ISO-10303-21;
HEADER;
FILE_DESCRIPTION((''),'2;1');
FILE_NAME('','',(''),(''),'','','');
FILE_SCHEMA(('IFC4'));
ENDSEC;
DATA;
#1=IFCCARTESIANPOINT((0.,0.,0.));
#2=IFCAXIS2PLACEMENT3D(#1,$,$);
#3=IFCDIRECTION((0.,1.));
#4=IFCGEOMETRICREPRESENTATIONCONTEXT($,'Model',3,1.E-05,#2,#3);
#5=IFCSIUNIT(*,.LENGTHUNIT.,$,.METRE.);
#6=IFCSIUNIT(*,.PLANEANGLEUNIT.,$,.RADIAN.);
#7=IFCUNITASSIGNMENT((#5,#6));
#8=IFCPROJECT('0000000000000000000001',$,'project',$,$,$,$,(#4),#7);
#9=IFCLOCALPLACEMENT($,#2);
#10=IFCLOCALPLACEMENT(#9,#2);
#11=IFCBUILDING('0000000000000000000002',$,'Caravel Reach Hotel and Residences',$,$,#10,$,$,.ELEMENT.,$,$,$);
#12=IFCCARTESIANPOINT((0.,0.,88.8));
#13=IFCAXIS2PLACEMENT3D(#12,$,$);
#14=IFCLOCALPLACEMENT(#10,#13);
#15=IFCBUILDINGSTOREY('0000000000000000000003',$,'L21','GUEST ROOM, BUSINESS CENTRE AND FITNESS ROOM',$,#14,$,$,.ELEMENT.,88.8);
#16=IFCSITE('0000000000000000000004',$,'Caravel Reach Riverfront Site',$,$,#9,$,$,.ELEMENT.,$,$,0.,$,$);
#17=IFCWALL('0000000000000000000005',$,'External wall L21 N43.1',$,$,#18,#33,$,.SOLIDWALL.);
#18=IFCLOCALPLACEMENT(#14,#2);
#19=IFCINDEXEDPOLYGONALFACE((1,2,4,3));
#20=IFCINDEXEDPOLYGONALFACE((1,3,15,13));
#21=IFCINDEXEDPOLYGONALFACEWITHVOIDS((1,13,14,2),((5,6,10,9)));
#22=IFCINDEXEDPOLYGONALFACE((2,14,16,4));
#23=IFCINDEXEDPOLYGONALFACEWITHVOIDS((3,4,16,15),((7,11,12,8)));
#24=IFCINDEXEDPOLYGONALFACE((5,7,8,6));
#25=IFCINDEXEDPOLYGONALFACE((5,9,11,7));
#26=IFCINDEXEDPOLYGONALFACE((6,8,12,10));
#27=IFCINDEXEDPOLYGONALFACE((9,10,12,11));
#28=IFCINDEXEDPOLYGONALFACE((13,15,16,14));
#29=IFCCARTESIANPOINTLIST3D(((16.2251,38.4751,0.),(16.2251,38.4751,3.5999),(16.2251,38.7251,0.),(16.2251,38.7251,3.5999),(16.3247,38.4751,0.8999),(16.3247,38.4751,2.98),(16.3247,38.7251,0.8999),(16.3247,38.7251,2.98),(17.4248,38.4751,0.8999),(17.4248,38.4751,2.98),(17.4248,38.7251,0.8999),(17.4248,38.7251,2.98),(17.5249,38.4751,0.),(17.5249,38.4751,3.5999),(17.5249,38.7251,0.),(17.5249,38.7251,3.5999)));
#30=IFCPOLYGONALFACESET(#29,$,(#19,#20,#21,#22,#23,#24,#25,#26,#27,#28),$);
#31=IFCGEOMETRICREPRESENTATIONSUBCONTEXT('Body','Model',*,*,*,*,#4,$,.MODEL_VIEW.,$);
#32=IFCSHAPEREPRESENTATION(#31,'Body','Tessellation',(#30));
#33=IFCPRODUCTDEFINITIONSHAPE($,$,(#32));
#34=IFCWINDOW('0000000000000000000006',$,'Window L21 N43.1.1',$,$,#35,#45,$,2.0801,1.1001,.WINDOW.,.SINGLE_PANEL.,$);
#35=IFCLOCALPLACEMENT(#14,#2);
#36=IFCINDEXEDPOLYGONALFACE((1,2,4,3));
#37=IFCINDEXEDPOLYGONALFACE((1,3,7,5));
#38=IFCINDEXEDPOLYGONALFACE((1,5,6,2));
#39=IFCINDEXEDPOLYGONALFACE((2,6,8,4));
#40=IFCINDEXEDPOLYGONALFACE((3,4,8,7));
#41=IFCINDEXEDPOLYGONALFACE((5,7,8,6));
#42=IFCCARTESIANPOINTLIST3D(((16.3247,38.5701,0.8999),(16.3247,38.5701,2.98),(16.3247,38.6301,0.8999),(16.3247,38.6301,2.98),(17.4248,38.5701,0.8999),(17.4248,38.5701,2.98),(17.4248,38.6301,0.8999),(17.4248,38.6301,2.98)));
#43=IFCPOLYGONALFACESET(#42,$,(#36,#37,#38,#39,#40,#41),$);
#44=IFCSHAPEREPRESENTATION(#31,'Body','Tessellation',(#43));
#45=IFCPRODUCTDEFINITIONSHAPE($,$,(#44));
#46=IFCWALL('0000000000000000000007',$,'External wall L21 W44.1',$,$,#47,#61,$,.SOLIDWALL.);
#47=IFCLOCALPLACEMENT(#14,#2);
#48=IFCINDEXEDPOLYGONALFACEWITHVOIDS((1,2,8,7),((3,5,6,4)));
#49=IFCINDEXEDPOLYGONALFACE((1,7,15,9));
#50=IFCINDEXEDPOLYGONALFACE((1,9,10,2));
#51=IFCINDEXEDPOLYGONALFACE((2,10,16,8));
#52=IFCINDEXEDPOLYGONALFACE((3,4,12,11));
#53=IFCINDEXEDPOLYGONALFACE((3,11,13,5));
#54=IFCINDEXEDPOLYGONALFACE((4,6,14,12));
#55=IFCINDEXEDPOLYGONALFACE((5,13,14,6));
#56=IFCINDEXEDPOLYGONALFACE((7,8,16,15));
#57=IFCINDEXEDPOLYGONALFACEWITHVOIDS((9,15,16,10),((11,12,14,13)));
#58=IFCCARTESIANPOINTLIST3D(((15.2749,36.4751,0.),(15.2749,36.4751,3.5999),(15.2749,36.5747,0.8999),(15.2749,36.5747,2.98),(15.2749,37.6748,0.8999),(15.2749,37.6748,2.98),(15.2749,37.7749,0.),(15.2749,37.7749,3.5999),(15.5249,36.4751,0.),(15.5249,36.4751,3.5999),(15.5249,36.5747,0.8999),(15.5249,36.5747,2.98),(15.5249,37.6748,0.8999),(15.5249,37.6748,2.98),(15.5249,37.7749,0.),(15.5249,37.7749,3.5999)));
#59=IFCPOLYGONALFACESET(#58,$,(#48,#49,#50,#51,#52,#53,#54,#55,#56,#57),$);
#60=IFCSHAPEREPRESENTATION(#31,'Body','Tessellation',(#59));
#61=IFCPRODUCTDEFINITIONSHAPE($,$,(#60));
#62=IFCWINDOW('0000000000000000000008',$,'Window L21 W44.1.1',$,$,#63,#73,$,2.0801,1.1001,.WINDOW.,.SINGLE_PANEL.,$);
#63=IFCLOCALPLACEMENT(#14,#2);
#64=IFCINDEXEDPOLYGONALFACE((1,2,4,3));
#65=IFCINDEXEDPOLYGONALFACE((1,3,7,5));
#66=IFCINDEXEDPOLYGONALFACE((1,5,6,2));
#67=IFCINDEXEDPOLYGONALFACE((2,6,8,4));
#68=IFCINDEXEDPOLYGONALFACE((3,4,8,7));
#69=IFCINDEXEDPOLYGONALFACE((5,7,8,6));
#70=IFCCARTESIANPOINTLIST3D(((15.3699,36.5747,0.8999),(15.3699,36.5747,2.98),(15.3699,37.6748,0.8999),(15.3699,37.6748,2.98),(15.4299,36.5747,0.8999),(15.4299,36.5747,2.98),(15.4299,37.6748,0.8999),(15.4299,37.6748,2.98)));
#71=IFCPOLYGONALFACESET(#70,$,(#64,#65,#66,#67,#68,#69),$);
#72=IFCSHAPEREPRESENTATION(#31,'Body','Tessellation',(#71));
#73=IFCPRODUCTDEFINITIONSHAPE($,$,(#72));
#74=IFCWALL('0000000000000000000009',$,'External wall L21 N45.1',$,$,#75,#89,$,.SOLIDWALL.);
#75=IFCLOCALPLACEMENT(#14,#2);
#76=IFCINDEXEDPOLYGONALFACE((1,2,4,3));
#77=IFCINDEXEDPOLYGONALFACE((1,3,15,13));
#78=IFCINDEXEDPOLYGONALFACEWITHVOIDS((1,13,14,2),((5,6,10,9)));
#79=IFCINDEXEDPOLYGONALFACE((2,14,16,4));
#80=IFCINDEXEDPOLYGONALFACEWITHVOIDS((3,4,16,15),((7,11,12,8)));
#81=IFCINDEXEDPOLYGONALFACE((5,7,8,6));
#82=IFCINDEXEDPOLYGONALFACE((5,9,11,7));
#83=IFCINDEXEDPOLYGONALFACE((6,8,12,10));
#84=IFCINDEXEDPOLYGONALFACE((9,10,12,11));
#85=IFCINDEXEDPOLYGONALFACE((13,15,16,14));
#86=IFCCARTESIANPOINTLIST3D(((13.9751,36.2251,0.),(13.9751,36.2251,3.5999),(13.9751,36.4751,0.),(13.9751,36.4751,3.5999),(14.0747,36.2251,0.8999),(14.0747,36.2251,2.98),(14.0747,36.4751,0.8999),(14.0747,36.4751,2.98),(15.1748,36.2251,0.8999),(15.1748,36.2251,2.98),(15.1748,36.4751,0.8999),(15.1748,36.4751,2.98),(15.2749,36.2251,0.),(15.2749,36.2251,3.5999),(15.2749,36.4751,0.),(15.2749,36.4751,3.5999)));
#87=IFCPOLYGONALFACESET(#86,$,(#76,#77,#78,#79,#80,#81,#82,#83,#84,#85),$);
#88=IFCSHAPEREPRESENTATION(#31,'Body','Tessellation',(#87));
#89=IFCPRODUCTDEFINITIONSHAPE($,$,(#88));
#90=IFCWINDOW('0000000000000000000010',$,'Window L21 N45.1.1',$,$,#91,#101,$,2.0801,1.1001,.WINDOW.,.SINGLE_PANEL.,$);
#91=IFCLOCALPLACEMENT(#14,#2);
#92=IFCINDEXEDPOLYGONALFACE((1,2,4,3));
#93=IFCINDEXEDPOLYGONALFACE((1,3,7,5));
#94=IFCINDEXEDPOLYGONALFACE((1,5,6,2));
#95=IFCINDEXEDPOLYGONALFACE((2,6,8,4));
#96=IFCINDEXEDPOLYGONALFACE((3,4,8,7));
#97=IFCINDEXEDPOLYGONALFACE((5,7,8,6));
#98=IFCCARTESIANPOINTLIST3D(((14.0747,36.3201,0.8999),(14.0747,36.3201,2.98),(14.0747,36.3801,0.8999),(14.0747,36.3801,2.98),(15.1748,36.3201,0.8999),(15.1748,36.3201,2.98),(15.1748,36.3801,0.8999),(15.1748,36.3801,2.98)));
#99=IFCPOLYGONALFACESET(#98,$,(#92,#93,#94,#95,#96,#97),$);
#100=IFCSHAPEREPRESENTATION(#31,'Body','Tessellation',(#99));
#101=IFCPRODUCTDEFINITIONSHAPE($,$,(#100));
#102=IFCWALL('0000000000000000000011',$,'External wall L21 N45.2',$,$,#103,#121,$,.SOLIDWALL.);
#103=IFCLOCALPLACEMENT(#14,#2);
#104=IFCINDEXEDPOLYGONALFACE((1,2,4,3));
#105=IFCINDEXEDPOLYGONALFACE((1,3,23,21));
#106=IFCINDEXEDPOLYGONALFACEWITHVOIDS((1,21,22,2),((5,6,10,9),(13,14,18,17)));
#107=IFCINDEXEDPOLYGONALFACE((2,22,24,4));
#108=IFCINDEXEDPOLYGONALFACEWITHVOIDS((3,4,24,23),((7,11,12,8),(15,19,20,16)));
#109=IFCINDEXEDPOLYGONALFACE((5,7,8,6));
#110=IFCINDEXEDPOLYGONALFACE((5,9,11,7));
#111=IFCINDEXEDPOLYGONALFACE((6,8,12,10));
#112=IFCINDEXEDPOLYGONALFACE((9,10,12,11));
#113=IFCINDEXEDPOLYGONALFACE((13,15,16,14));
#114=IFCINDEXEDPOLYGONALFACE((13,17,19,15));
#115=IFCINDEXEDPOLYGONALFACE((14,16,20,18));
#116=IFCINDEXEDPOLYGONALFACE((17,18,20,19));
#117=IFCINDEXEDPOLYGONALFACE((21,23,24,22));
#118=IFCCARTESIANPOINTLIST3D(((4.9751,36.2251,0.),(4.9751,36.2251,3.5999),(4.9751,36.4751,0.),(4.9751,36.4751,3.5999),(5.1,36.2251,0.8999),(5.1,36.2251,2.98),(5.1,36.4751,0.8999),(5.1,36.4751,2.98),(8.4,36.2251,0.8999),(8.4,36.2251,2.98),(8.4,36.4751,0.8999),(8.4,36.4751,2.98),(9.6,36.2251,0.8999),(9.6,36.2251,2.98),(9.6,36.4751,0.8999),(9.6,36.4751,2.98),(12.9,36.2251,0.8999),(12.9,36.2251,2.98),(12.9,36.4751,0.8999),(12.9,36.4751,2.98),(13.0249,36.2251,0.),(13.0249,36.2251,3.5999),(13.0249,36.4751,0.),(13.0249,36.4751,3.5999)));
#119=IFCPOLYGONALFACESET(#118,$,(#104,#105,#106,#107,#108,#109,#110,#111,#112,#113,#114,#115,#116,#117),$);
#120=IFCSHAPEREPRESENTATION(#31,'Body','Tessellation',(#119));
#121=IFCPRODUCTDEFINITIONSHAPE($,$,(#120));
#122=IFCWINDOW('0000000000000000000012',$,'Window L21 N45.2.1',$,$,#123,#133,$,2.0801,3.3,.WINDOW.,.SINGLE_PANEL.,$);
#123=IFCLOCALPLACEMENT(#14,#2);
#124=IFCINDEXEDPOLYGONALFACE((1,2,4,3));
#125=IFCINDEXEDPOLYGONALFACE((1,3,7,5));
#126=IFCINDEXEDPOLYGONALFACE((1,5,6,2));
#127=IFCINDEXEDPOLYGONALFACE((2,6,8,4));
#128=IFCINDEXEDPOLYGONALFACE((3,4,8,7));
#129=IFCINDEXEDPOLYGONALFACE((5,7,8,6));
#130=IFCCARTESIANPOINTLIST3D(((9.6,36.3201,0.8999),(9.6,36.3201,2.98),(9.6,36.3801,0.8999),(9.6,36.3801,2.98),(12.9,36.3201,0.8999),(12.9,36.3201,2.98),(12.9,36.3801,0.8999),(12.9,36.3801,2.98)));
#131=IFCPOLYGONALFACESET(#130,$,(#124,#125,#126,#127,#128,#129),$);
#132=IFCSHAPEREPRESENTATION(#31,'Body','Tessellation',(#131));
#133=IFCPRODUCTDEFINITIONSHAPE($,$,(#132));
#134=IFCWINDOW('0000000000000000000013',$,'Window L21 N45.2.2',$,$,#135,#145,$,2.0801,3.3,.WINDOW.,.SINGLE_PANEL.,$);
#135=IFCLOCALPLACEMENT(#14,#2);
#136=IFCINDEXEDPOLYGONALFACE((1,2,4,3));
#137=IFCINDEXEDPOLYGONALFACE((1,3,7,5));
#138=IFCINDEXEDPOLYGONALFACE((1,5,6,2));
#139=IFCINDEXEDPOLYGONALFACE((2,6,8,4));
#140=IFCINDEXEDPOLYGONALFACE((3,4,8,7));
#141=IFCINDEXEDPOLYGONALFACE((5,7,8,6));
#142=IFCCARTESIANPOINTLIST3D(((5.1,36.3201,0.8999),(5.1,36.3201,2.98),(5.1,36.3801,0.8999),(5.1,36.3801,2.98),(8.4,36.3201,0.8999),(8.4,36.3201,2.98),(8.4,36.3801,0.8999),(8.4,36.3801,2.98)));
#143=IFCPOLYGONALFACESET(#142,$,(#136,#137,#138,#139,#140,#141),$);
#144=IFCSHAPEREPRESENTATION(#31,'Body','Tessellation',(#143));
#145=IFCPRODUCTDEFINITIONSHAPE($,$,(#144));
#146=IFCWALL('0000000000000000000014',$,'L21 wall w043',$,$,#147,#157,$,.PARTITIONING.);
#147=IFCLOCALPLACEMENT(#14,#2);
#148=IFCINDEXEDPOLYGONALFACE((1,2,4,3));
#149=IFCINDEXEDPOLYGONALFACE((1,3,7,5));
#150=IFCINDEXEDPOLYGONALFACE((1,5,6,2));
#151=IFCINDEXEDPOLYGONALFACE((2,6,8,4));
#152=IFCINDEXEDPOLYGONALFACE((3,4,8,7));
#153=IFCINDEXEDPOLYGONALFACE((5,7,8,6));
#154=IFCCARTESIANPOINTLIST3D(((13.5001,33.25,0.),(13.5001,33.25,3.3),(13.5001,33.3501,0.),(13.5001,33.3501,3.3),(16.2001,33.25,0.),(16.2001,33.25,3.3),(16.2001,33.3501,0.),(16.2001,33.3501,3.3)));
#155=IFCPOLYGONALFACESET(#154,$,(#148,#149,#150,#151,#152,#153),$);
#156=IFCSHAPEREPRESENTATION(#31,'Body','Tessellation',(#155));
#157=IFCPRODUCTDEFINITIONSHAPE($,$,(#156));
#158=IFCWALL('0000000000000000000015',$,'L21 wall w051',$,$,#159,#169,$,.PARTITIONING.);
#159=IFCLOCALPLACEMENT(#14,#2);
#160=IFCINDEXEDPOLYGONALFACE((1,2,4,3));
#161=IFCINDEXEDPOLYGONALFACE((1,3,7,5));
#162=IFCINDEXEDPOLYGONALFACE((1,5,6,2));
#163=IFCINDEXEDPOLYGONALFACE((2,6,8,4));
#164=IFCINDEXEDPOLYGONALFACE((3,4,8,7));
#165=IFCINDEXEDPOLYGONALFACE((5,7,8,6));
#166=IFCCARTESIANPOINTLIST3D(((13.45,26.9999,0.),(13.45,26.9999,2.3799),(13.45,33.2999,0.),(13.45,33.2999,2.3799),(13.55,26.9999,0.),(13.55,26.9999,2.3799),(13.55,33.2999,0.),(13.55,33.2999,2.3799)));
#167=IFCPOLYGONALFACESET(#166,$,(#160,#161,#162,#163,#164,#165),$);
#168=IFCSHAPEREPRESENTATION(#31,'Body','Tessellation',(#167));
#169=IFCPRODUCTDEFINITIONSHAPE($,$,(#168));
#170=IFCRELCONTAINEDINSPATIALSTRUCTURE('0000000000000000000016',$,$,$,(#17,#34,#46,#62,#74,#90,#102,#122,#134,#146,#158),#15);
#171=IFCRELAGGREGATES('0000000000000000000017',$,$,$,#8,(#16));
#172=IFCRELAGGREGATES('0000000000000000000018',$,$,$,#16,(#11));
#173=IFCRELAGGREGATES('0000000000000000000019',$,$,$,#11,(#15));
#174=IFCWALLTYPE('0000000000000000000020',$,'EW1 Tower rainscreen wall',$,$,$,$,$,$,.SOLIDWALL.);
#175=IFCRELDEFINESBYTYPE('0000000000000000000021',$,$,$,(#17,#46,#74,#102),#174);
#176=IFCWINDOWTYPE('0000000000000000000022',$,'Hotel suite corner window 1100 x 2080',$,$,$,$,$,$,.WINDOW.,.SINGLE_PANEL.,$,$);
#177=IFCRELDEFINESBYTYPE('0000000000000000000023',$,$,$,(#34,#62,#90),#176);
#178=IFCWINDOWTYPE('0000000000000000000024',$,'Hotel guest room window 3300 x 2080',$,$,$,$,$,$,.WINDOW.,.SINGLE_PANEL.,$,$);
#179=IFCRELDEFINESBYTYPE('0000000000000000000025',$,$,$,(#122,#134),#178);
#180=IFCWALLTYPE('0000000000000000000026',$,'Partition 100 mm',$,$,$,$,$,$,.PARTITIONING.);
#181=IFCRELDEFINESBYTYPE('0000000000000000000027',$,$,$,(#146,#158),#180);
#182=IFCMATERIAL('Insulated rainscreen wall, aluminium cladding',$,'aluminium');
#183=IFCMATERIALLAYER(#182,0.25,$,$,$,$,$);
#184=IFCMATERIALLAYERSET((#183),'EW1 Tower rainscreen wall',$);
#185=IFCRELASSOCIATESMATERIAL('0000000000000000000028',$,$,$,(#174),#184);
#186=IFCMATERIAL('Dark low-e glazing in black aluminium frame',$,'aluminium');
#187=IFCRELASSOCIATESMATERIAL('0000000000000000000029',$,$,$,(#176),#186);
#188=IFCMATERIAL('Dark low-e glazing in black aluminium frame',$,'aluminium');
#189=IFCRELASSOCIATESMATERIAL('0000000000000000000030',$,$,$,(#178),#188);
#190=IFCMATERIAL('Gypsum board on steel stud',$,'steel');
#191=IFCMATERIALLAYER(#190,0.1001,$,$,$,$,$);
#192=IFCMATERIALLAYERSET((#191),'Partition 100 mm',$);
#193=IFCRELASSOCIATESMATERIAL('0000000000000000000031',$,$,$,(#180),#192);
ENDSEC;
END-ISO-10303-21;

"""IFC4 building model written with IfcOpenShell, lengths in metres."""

from ifc_helpers import new_model, si_unit, direction, frame, frame_2d, origin, place, context, subcontext, project, spatial, rectangle, extrude, material, layer, layer_set, type_object, element, fill, save


model = new_model("IFC4")

# Units and contexts
model_context = context("Model", 3, precision=1e-05, world=origin(), true_north=direction((0.0, 1.0)))
body_context = subcontext(model_context, "Body", "Model", "MODEL_VIEW")
ifc_project = project(units=[si_unit("LENGTHUNIT", "METRE"), si_unit("PLANEANGLEUNIT", "RADIAN")], contexts=[model_context])

# Site, building, storey
site_placement = place(None, origin())
site = spatial("IfcSite", under=ifc_project, at=site_placement, Name="Caravel Reach Riverfront Site", CompositionType="ELEMENT", RefElevation=0.0)
building_placement = place(site_placement, origin())
building = spatial("IfcBuilding", under=site, at=building_placement, Name="Caravel Reach Hotel and Residences", CompositionType="ELEMENT")
storey_placement = place(building_placement, frame((0.0, 0.0, 88.8)))
storey = spatial("IfcBuildingStorey", under=building, at=storey_placement, Name="L21", Description="GUEST ROOM, BUSINESS CENTRE AND FITNESS ROOM", CompositionType="ELEMENT", Elevation=88.8)

# Walls, openings, windows
ifc_material_1 = material(Name="Insulated rainscreen wall, aluminium cladding", Category="aluminium")
ifc_layer_1 = layer(ifc_material_1, 0.25)
ifc_layer_set_1 = layer_set([ifc_layer_1], Name="EW1 Tower rainscreen wall")
wall_type_1 = type_object("IfcWallType", Name="EW1 Tower rainscreen wall", PredefinedType="SOLIDWALL", material=ifc_layer_set_1)
ifc_material_2 = material(Name="Dark low-e glazing in black aluminium frame", Category="aluminium")
window_type_1 = type_object("IfcWindowType", Name="Hotel suite corner window 1100 x 2080", PartitioningType="SINGLE_PANEL", PredefinedType="WINDOW", material=ifc_material_2)
wall_1_placement = place(storey_placement, frame((17.5249, 38.6001, 0.0), z_axis=(0.0, 0.0, 1.0), x_axis=(-1.0, 0.0, 0.0)))
wall_1 = element("IfcWall", 1, at=wall_1_placement, inside=storey, type_object=wall_type_1, Name="External wall L21 N43.1", PredefinedType="SOLIDWALL", context=body_context, shape_type="SweptSolid", body=[
    extrude(rectangle(XDim=1.2998, YDim=0.25, at=frame_2d((0.6499, 0.0))), origin(), (0.0, 0.0, 1.0), 3.5999),
])
opening_1_placement = place(wall_1_placement, frame((0.1001, 0.0, 0.8999)))
opening_1 = element("IfcOpeningElement", 2, at=opening_1_placement, cuts=wall_1, PredefinedType="OPENING", context=body_context, shape_type="SweptSolid", body=[
    extrude(rectangle(XDim=1.1001, YDim=2.0801, at=frame_2d((0.55, 1.04))), frame((0.0, 0.135, 0.0), z_axis=(0.0, -1.0, 0.0), x_axis=(1.0, 0.0, 0.0)), (0.0, 0.0, 1.0), 0.27),
])
window_1_placement = place(opening_1_placement, origin())
window_1 = element("IfcWindow", 3, at=window_1_placement, inside=storey, type_object=window_type_1, Name="Window L21 N43.1.1", OverallHeight=2.0801, OverallWidth=1.1001, PartitioningType="SINGLE_PANEL", PredefinedType="WINDOW", context=body_context, shape_type="SweptSolid", body=[
    extrude(rectangle(XDim=1.1001, YDim=2.0801, at=frame_2d((0.55, 1.04))), frame((0.0, 0.03, 0.0), z_axis=(0.0, -1.0, 0.0), x_axis=(1.0, 0.0, 0.0)), (0.0, 0.0, 1.0), 0.0601),
])
fill(opening_1, window_1)
wall_2_placement = place(storey_placement, frame((15.3999, 37.7749, 0.0), z_axis=(0.0, 0.0, 1.0), x_axis=(0.0, -1.0, 0.0)))
wall_2 = element("IfcWall", 4, at=wall_2_placement, inside=storey, type_object=wall_type_1, Name="External wall L21 W44.1", PredefinedType="SOLIDWALL", context=body_context, shape_type="SweptSolid", body=[
    extrude(rectangle(XDim=1.2998, YDim=0.25, at=frame_2d((0.6499, 0.0))), origin(), (0.0, 0.0, 1.0), 3.5999),
])
opening_2_placement = place(wall_2_placement, frame((0.1001, 0.0, 0.8999)))
opening_2 = element("IfcOpeningElement", 5, at=opening_2_placement, cuts=wall_2, PredefinedType="OPENING", context=body_context, shape_type="SweptSolid", body=[
    extrude(rectangle(XDim=1.1001, YDim=2.0801, at=frame_2d((0.55, 1.04))), frame((0.0, 0.135, 0.0), z_axis=(0.0, -1.0, 0.0), x_axis=(1.0, 0.0, 0.0)), (0.0, 0.0, 1.0), 0.27),
])
window_2_placement = place(opening_2_placement, origin())
window_2 = element("IfcWindow", 6, at=window_2_placement, inside=storey, type_object=window_type_1, Name="Window L21 W44.1.1", OverallHeight=2.0801, OverallWidth=1.1001, PartitioningType="SINGLE_PANEL", PredefinedType="WINDOW", context=body_context, shape_type="SweptSolid", body=[
    extrude(rectangle(XDim=1.1001, YDim=2.0801, at=frame_2d((0.55, 1.04))), frame((0.0, 0.03, 0.0), z_axis=(0.0, -1.0, 0.0), x_axis=(1.0, 0.0, 0.0)), (0.0, 0.0, 1.0), 0.0601),
])
fill(opening_2, window_2)
wall_3_placement = place(storey_placement, frame((15.2749, 36.3501, 0.0), z_axis=(0.0, 0.0, 1.0), x_axis=(-1.0, 0.0, 0.0)))
wall_3 = element("IfcWall", 7, at=wall_3_placement, inside=storey, type_object=wall_type_1, Name="External wall L21 N45.1", PredefinedType="SOLIDWALL", context=body_context, shape_type="SweptSolid", body=[
    extrude(rectangle(XDim=1.2998, YDim=0.25, at=frame_2d((0.6499, 0.0))), origin(), (0.0, 0.0, 1.0), 3.5999),
])
opening_3_placement = place(wall_3_placement, frame((0.1001, 0.0, 0.8999)))
opening_3 = element("IfcOpeningElement", 8, at=opening_3_placement, cuts=wall_3, PredefinedType="OPENING", context=body_context, shape_type="SweptSolid", body=[
    extrude(rectangle(XDim=1.1001, YDim=2.0801, at=frame_2d((0.55, 1.04))), frame((0.0, 0.135, 0.0), z_axis=(0.0, -1.0, 0.0), x_axis=(1.0, 0.0, 0.0)), (0.0, 0.0, 1.0), 0.27),
])
window_3_placement = place(opening_3_placement, origin())
window_3 = element("IfcWindow", 9, at=window_3_placement, inside=storey, type_object=window_type_1, Name="Window L21 N45.1.1", OverallHeight=2.0801, OverallWidth=1.1001, PartitioningType="SINGLE_PANEL", PredefinedType="WINDOW", context=body_context, shape_type="SweptSolid", body=[
    extrude(rectangle(XDim=1.1001, YDim=2.0801, at=frame_2d((0.55, 1.04))), frame((0.0, 0.03, 0.0), z_axis=(0.0, -1.0, 0.0), x_axis=(1.0, 0.0, 0.0)), (0.0, 0.0, 1.0), 0.0601),
])
fill(opening_3, window_3)

# Wall, openings, windows
wall_4_placement = place(storey_placement, frame((13.0249, 36.3501, 0.0), z_axis=(0.0, 0.0, 1.0), x_axis=(-1.0, 0.0, 0.0)))
wall_4 = element("IfcWall", 10, at=wall_4_placement, inside=storey, type_object=wall_type_1, Name="External wall L21 N45.2", PredefinedType="SOLIDWALL", context=body_context, shape_type="SweptSolid", body=[
    extrude(rectangle(XDim=8.0498, YDim=0.25, at=frame_2d((4.0249, 0.0))), origin(), (0.0, 0.0, 1.0), 3.5999),
])
opening_4_placement = place(wall_4_placement, frame((0.125, 0.0, 0.8999)))
opening_4 = element("IfcOpeningElement", 11, at=opening_4_placement, cuts=wall_4, PredefinedType="OPENING", context=body_context, shape_type="SweptSolid", body=[
    extrude(rectangle(XDim=3.3, YDim=2.0801, at=frame_2d((1.6499, 1.04))), frame((0.0, 0.135, 0.0), z_axis=(0.0, -1.0, 0.0), x_axis=(1.0, 0.0, 0.0)), (0.0, 0.0, 1.0), 0.27),
])
opening_5_placement = place(wall_4_placement, frame((4.625, 0.0, 0.8999)))
opening_5 = element("IfcOpeningElement", 12, at=opening_5_placement, cuts=wall_4, PredefinedType="OPENING", context=body_context, shape_type="SweptSolid", body=[
    extrude(rectangle(XDim=3.3, YDim=2.0801, at=frame_2d((1.6499, 1.04))), frame((0.0, 0.135, 0.0), z_axis=(0.0, -1.0, 0.0), x_axis=(1.0, 0.0, 0.0)), (0.0, 0.0, 1.0), 0.27),
])
ifc_material_3 = material(Name="Dark low-e glazing in black aluminium frame", Category="aluminium")
window_type_2 = type_object("IfcWindowType", Name="Hotel guest room window 3300 x 2080", PartitioningType="SINGLE_PANEL", PredefinedType="WINDOW", material=ifc_material_3)
window_4_placement = place(opening_4_placement, origin())
window_4 = element("IfcWindow", 13, at=window_4_placement, inside=storey, type_object=window_type_2, Name="Window L21 N45.2.1", OverallHeight=2.0801, OverallWidth=3.3, PartitioningType="SINGLE_PANEL", PredefinedType="WINDOW", context=body_context, shape_type="SweptSolid", body=[
    extrude(rectangle(XDim=3.3, YDim=2.0801, at=frame_2d((1.6499, 1.04))), frame((0.0, 0.03, 0.0), z_axis=(0.0, -1.0, 0.0), x_axis=(1.0, 0.0, 0.0)), (0.0, 0.0, 1.0), 0.0601),
])
fill(opening_4, window_4)
window_5_placement = place(opening_5_placement, origin())
window_5 = element("IfcWindow", 14, at=window_5_placement, inside=storey, type_object=window_type_2, Name="Window L21 N45.2.2", OverallHeight=2.0801, OverallWidth=3.3, PartitioningType="SINGLE_PANEL", PredefinedType="WINDOW", context=body_context, shape_type="SweptSolid", body=[
    extrude(rectangle(XDim=3.3, YDim=2.0801, at=frame_2d((1.6499, 1.04))), frame((0.0, 0.03, 0.0), z_axis=(0.0, -1.0, 0.0), x_axis=(1.0, 0.0, 0.0)), (0.0, 0.0, 1.0), 0.0601),
])
fill(opening_5, window_5)

# Walls
ifc_material_4 = material(Name="Gypsum board on steel stud", Category="steel")
ifc_layer_2 = layer(ifc_material_4, 0.1001)
ifc_layer_set_2 = layer_set([ifc_layer_2], Name="Partition 100 mm")
wall_type_2 = type_object("IfcWallType", Name="Partition 100 mm", PredefinedType="PARTITIONING", material=ifc_layer_set_2)
wall_5_placement = place(storey_placement, frame((13.5, 33.3, 0.0), z_axis=(0.0, 0.0, 1.0), x_axis=(1.0, 0.0, 0.0)))
element("IfcWall", 15, at=wall_5_placement, inside=storey, type_object=wall_type_2, Name="L21 wall w043", PredefinedType="PARTITIONING", context=body_context, shape_type="SweptSolid", body=[
    extrude(rectangle(XDim=2.7, YDim=0.1001, at=frame_2d((1.3501, 0.0))), origin(), (0.0, 0.0, 1.0), 3.3),
])
wall_6_placement = place(storey_placement, frame((13.5, 27.0, 0.0), z_axis=(0.0, 0.0, 1.0), x_axis=(0.0, 1.0, 0.0)))
element("IfcWall", 16, at=wall_6_placement, inside=storey, type_object=wall_type_2, Name="L21 wall w051", PredefinedType="PARTITIONING", context=body_context, shape_type="SweptSolid", body=[
    extrude(rectangle(XDim=6.3, YDim=0.1001, at=frame_2d((3.1499, 0.0))), origin(), (0.0, 0.0, 1.0), 2.3799),
])

save(model, "model.ifc")
